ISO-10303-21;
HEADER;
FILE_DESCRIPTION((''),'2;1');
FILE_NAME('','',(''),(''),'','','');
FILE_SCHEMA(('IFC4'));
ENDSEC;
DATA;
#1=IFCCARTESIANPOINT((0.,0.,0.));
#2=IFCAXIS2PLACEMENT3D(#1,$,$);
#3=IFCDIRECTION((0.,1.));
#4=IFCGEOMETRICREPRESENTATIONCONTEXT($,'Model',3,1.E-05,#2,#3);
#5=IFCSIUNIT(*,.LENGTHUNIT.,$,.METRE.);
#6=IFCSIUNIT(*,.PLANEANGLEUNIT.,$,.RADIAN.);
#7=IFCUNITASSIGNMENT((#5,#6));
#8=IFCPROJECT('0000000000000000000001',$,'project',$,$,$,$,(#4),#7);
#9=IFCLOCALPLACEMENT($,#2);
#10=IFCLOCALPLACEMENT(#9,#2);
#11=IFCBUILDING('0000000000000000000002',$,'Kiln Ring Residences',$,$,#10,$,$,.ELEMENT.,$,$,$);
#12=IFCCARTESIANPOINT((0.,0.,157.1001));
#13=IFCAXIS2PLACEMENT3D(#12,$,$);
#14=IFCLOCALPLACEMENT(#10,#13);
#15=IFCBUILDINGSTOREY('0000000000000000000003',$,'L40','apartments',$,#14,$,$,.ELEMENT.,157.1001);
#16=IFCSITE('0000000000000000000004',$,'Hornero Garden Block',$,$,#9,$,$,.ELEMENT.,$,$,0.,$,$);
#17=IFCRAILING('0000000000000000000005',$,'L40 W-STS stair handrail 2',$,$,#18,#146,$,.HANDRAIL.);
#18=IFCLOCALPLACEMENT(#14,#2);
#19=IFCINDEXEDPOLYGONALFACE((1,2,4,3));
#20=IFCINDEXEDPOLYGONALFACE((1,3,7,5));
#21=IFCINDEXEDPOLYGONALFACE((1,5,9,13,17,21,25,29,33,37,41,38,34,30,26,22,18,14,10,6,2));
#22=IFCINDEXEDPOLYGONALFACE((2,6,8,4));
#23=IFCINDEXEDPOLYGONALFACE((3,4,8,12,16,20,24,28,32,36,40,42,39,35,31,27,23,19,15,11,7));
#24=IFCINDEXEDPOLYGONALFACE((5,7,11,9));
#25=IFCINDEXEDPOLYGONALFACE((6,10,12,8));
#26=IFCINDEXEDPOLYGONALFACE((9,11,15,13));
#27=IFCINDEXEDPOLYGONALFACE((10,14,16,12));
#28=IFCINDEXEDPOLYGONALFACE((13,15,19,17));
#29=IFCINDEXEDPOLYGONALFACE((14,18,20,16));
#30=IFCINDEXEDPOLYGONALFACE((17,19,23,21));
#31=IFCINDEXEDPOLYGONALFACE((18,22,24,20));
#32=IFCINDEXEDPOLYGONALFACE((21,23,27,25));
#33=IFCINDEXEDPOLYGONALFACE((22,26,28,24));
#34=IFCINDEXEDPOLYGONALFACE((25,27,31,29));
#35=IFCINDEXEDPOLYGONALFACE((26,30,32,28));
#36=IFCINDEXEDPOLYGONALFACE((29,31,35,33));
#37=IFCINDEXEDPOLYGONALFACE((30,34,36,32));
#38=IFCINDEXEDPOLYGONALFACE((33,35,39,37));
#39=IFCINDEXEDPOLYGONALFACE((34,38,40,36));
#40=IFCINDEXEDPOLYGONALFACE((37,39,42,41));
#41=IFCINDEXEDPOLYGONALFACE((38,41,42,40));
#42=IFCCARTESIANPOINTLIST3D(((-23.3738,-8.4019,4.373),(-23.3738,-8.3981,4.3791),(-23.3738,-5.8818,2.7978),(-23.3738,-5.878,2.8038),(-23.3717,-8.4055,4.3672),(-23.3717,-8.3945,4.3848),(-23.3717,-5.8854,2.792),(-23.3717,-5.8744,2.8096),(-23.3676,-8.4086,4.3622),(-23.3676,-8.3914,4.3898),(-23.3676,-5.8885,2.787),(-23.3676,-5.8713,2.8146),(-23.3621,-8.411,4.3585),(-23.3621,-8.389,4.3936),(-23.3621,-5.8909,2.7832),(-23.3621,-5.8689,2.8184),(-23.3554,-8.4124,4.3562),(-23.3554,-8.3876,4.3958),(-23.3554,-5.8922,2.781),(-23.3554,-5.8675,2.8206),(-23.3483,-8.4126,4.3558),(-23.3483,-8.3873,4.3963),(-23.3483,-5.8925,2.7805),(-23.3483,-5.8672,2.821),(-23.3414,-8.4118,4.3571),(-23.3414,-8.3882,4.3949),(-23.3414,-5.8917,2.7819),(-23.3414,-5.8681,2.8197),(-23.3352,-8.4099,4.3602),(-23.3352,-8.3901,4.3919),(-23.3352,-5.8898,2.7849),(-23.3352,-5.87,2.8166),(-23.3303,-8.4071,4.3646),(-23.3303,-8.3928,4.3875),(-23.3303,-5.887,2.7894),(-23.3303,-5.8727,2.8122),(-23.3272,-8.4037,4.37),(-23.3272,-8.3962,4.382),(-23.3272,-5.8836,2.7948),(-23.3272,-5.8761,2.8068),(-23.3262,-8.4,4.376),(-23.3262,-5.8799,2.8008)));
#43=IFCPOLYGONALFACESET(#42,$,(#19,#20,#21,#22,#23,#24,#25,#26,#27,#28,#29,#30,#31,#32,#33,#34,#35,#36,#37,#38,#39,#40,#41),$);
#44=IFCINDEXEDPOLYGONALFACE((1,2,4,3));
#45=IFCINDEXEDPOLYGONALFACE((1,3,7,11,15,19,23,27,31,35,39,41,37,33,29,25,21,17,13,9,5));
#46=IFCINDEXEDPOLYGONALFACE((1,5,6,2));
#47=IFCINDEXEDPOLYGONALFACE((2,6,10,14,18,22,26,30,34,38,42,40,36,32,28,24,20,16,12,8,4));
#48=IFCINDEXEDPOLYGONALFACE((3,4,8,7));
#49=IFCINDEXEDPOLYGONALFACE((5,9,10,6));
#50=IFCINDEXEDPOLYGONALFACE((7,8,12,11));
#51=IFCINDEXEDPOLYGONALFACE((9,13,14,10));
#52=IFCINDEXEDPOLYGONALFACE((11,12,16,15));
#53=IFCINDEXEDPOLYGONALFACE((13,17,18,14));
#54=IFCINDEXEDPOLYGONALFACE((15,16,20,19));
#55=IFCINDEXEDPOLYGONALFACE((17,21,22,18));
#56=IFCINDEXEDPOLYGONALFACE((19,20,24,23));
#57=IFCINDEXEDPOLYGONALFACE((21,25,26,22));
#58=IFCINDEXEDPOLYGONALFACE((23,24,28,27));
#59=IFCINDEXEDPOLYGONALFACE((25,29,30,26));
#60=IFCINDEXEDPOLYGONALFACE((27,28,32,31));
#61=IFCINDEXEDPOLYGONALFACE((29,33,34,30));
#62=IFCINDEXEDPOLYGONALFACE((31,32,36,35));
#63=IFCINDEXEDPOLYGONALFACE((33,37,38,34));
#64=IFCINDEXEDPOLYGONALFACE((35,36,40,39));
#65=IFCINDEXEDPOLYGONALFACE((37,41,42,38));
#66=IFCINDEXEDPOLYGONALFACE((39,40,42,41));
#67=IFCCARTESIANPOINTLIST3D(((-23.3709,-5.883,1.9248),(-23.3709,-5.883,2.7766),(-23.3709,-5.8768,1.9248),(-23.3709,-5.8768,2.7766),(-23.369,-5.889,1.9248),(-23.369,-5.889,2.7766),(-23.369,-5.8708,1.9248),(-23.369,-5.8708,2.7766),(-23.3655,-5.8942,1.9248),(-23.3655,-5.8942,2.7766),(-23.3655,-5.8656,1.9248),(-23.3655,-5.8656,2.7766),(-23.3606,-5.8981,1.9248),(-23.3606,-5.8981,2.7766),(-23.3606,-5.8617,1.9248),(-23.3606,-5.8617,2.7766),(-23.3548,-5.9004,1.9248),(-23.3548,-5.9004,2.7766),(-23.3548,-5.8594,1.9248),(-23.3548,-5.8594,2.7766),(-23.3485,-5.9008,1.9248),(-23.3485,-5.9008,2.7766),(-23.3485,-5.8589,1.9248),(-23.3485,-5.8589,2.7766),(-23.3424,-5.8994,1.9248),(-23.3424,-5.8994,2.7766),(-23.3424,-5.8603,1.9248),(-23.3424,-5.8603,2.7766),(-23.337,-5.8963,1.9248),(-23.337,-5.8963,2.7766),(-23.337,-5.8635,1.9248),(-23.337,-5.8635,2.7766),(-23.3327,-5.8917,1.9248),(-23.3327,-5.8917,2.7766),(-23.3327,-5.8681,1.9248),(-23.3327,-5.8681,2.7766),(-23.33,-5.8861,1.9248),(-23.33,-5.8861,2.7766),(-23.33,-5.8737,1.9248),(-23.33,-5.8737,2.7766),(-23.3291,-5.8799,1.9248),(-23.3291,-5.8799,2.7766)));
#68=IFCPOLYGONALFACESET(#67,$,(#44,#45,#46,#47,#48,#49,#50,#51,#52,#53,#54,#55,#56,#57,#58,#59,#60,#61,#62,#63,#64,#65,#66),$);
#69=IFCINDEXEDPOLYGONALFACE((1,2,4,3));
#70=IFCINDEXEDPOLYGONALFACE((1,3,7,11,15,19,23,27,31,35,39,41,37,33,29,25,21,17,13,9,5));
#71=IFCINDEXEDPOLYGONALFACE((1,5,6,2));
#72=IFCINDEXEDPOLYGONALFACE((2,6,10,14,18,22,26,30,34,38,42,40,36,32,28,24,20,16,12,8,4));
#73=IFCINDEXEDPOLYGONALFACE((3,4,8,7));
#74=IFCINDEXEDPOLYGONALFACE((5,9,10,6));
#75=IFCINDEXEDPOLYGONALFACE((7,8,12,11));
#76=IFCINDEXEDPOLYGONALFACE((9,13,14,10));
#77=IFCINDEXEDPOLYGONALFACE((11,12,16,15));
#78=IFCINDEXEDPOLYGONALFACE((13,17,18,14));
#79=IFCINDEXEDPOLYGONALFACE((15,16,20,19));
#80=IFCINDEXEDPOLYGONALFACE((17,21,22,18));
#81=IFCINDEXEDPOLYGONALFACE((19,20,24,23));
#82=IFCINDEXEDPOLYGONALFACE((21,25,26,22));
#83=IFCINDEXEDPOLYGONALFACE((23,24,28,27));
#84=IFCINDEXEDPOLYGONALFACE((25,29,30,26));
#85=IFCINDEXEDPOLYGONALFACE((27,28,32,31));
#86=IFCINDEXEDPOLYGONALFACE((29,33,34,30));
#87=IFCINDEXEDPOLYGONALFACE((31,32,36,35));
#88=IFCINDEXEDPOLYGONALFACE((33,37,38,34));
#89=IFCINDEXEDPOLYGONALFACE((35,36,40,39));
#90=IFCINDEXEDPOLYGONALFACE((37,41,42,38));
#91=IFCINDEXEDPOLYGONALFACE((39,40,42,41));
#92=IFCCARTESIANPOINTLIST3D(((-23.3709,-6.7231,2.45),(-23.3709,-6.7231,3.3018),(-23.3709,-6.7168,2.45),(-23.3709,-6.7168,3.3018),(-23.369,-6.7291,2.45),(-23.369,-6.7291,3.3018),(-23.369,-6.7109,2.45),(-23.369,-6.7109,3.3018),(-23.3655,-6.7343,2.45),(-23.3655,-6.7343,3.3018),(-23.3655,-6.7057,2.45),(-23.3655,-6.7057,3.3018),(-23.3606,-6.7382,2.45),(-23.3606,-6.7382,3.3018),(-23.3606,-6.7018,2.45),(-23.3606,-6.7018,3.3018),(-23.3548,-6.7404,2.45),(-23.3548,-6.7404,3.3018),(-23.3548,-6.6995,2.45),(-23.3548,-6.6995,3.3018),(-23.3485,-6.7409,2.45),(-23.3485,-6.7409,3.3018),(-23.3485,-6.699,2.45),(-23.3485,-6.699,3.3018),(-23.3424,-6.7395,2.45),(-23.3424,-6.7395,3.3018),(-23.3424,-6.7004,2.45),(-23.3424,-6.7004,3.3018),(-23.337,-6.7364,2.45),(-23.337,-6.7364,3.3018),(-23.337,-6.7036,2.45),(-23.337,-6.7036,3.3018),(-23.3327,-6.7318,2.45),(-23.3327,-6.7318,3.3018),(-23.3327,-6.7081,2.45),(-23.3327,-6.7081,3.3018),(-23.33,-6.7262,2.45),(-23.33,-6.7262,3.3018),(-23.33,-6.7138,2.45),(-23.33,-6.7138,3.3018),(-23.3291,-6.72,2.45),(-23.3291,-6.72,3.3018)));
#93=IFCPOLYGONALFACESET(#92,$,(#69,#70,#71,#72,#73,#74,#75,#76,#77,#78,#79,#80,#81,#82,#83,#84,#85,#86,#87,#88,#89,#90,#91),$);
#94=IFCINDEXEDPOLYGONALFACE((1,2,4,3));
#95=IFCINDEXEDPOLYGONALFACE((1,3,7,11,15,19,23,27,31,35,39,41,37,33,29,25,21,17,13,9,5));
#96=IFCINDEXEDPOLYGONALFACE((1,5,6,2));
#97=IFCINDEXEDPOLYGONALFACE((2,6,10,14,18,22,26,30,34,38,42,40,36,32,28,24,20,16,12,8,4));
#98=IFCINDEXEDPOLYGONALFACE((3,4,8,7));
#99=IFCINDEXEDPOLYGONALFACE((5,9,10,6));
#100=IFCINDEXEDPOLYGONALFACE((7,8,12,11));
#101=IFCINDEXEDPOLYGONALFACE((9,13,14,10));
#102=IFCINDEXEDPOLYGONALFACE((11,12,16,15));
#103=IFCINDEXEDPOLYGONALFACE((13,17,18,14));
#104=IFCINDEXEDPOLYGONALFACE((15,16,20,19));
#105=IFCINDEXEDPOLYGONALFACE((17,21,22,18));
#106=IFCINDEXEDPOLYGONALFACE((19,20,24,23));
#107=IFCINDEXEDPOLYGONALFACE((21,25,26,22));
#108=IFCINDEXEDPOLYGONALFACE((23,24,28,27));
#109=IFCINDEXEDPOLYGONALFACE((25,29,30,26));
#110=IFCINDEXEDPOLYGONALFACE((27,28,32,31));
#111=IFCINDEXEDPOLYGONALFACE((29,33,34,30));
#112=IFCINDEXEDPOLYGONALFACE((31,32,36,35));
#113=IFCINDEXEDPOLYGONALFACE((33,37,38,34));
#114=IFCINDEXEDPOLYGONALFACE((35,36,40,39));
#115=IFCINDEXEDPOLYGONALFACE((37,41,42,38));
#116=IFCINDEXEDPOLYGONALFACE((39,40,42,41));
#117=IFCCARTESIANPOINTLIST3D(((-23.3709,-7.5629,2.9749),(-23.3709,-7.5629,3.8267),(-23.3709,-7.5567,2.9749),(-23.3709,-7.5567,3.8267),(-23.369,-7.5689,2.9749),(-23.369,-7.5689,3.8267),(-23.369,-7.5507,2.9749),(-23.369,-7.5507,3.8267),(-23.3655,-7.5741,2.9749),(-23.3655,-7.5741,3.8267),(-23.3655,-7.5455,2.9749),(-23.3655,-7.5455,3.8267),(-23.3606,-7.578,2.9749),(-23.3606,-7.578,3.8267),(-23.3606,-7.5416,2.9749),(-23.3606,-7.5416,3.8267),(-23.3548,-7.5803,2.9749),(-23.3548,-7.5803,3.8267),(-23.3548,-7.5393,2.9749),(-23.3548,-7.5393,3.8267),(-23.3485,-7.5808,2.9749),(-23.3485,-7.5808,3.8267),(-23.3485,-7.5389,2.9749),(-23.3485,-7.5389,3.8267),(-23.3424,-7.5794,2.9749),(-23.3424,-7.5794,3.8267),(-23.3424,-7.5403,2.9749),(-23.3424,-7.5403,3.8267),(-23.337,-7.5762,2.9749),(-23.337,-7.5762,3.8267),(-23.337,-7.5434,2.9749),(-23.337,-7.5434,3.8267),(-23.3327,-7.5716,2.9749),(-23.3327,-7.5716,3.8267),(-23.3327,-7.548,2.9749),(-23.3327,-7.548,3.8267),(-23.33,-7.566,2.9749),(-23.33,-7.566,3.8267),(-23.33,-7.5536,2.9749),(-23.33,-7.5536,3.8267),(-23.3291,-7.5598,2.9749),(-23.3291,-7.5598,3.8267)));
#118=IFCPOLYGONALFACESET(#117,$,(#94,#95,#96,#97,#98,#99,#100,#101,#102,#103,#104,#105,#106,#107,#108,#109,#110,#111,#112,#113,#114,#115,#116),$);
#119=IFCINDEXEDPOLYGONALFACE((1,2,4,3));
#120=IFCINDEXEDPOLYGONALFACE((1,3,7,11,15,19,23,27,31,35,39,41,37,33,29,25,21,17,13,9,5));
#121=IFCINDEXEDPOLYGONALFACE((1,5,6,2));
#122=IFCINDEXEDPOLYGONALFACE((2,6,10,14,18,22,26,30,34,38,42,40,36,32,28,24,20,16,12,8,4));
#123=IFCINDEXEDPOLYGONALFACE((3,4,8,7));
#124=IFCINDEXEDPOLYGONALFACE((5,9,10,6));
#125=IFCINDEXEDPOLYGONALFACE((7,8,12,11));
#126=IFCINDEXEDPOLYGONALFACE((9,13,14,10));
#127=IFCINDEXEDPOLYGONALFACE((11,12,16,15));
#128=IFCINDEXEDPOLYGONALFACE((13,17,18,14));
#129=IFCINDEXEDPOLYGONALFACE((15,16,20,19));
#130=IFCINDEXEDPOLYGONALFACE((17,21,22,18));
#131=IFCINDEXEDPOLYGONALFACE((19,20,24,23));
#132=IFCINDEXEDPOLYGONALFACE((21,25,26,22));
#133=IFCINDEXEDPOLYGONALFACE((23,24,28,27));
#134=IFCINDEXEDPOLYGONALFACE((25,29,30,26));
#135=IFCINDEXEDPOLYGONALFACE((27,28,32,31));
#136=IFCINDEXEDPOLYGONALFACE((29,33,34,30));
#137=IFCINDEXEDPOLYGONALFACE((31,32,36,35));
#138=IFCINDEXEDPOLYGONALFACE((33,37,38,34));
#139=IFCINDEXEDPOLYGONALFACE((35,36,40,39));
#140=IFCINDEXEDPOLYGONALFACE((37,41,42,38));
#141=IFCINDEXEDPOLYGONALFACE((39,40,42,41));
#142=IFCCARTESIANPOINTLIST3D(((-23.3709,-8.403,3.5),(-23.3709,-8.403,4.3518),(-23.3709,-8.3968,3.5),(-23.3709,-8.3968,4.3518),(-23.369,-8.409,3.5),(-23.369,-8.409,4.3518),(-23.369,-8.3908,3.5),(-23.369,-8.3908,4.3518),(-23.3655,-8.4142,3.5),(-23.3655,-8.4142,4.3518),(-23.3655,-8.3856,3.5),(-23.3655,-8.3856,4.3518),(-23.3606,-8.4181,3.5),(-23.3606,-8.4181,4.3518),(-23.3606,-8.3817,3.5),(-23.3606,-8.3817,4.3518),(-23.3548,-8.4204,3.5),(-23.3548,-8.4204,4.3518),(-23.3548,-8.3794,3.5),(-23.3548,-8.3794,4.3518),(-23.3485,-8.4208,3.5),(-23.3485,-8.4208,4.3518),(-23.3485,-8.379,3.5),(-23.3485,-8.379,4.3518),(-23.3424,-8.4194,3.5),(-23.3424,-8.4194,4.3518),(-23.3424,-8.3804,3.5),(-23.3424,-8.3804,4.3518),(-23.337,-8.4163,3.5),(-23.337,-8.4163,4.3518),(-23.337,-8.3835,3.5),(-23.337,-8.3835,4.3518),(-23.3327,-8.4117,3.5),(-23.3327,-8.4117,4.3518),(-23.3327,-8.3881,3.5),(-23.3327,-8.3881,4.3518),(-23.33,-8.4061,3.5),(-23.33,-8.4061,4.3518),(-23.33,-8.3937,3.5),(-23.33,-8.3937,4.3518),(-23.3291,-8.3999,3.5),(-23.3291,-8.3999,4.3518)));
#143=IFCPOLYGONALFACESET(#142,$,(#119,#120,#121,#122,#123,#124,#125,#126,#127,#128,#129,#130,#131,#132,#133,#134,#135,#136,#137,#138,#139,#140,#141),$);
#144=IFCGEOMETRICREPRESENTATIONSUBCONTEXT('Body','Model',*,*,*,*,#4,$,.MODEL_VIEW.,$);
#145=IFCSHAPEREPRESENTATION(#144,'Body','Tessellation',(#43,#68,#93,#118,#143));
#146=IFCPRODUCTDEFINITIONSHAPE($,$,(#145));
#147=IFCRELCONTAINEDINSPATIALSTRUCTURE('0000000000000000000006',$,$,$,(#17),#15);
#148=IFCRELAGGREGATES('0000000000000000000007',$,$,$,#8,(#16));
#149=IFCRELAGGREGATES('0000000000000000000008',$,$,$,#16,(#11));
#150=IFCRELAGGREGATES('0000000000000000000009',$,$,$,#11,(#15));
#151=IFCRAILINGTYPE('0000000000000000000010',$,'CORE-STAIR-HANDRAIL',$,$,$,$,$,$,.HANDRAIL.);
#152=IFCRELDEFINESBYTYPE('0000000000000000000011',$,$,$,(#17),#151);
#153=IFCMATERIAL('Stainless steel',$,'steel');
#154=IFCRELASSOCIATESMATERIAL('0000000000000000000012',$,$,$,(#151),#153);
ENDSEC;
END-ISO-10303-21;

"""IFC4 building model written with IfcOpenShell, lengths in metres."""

from ifc_helpers import new_model, si_unit, direction, frame, origin, origin_2d, place, context, subcontext, project, spatial, circle, extrude, material, type_object, element, save


model = new_model("IFC4")

# Units and contexts
model_context = context("Model", 3, precision=1e-05, world=origin(), true_north=direction((0.0, 1.0)))
body_context = subcontext(model_context, "Body", "Model", "MODEL_VIEW")
ifc_project = project(units=[si_unit("LENGTHUNIT", "METRE"), si_unit("PLANEANGLEUNIT", "RADIAN")], contexts=[model_context])

# Site, building, storey
site_placement = place(None, origin())
site = spatial("IfcSite", under=ifc_project, at=site_placement, Name="Hornero Garden Block", CompositionType="ELEMENT", RefElevation=0.0)
building_placement = place(site_placement, origin())
building = spatial("IfcBuilding", under=site, at=building_placement, Name="Kiln Ring Residences", CompositionType="ELEMENT")
storey_placement = place(building_placement, frame((0.0, 0.0, 157.1001)))
storey = spatial("IfcBuildingStorey", under=building, at=storey_placement, Name="L40", Description="apartments", CompositionType="ELEMENT", Elevation=157.1001)

# Railing
ifc_material_1 = material(Name="Stainless steel", Category="steel")
railing_type_1 = type_object("IfcRailingType", Name="CORE-STAIR-HANDRAIL", PredefinedType="HANDRAIL", material=ifc_material_1)
railing_1_placement = place(storey_placement, frame((-23.3501, -5.8799, 1.9248)))
element("IfcRailing", 1, at=railing_1_placement, inside=storey, type_object=railing_type_1, Name="L40 W-STS stair handrail 2", PredefinedType="HANDRAIL", context=body_context, shape_type="SweptSolid", body=[
    extrude(circle(Radius=0.0239, at=origin_2d()), frame((0.0, 0.0, 0.876), z_axis=(0.0, -0.847971, 0.530043), x_axis=(1.0, 0.0, 0.0)), (0.0, 0.0, 1.0), 2.9719),
    extrude(circle(Radius=0.021, at=origin_2d()), origin(), (0.0, 0.0, 1.0), 0.8518),
    extrude(circle(Radius=0.021, at=origin_2d()), frame((0.0, -0.8401, 0.5251)), (0.0, 0.0, 1.0), 0.8518),
    extrude(circle(Radius=0.021, at=origin_2d()), frame((0.0, -1.6799, 1.05)), (0.0, 0.0, 1.0), 0.8518),
    extrude(circle(Radius=0.021, at=origin_2d()), frame((0.0, -2.52, 1.5752)), (0.0, 0.0, 1.0), 0.8518),
])

save(model, "model.ifc")
